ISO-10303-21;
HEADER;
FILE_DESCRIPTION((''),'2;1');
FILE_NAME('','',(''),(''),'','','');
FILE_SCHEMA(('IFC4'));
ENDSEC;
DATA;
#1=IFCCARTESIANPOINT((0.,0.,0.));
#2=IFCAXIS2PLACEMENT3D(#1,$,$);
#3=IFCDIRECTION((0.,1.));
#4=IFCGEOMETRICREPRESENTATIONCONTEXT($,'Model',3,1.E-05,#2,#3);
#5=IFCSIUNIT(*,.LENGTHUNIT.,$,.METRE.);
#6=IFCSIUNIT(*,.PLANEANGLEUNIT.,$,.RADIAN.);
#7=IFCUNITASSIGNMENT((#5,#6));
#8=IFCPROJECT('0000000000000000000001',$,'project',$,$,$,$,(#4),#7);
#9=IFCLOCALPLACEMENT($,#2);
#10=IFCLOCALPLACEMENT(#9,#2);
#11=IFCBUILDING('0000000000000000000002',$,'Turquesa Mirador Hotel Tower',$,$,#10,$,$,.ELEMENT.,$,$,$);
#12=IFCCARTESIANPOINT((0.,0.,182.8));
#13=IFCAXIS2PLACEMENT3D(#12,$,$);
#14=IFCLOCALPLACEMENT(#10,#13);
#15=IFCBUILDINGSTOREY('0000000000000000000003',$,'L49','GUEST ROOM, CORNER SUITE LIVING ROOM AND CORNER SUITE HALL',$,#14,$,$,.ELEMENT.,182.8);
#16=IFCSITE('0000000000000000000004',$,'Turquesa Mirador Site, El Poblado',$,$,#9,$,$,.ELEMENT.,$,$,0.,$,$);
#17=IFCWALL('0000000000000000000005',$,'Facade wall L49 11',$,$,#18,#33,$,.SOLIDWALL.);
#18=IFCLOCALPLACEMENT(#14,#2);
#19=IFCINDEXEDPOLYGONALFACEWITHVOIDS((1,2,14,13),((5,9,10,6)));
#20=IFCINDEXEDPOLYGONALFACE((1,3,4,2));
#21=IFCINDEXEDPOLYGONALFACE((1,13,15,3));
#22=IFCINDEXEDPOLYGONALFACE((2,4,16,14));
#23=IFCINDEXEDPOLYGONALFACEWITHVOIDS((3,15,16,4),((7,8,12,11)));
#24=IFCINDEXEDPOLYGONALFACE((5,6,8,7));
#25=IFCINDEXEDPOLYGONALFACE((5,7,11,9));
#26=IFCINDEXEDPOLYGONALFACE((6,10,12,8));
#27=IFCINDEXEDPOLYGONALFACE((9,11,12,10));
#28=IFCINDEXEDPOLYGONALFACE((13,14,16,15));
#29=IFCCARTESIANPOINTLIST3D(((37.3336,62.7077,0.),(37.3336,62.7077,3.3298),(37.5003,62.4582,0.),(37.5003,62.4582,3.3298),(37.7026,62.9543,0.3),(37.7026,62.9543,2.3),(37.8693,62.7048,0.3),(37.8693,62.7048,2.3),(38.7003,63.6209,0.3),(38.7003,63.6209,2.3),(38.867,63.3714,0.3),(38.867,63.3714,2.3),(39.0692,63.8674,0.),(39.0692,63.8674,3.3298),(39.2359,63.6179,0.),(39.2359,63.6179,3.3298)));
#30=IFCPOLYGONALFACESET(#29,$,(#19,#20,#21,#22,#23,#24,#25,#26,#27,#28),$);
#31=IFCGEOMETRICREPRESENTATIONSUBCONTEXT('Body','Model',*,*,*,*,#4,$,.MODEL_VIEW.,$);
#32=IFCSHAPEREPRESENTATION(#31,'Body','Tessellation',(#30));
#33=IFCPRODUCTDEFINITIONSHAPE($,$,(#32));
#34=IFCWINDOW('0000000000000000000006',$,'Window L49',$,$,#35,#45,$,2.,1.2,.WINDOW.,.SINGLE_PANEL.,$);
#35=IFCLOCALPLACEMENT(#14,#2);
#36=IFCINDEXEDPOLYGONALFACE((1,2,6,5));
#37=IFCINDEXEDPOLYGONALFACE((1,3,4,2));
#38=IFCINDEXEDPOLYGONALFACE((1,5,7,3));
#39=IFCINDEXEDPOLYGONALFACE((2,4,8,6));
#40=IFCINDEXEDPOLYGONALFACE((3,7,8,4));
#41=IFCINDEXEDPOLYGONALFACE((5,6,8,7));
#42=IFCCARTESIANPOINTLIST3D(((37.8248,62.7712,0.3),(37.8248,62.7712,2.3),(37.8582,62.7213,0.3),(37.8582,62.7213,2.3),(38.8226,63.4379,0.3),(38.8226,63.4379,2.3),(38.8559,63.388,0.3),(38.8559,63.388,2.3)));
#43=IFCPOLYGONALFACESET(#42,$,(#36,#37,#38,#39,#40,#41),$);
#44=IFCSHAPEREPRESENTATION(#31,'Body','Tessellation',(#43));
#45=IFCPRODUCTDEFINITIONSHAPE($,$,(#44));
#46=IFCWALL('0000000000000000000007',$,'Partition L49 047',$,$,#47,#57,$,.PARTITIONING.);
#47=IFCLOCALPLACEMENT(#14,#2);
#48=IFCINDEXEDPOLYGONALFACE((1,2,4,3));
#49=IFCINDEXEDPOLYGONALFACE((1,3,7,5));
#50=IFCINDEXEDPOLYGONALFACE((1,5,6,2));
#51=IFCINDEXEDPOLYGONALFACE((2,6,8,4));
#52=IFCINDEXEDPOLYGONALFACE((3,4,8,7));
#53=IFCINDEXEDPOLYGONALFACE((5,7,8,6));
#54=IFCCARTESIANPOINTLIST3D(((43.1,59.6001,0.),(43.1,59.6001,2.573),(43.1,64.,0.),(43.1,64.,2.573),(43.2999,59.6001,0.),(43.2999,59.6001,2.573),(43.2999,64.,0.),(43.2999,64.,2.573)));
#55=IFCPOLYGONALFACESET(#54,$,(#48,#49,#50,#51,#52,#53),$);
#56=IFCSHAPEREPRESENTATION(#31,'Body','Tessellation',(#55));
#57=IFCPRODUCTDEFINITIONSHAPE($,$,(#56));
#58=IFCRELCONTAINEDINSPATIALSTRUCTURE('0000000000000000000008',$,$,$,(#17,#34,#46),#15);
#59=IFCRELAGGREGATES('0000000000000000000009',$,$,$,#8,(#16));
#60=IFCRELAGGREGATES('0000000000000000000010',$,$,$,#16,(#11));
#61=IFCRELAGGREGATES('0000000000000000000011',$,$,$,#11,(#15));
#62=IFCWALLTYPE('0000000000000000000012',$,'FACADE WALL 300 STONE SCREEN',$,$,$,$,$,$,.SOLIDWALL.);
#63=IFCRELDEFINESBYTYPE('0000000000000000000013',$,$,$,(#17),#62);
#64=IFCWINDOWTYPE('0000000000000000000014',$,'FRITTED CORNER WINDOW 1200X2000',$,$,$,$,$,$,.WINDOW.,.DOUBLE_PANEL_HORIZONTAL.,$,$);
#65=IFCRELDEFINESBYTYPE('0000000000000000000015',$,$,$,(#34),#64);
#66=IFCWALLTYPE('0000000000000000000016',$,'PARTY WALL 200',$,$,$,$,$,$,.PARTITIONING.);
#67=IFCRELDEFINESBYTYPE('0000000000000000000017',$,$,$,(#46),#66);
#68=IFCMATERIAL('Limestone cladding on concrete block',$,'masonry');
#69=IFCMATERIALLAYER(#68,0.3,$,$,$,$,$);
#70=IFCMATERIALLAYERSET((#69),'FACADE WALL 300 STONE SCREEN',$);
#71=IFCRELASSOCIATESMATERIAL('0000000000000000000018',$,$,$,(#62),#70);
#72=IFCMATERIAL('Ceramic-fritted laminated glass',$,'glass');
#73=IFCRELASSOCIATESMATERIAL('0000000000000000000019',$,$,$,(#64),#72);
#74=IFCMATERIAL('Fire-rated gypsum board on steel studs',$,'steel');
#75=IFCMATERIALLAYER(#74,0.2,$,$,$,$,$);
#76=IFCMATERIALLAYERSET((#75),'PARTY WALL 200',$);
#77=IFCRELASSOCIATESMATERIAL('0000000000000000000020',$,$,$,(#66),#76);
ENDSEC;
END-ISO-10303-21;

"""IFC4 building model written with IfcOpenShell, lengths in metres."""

from ifc_helpers import new_model, si_unit, direction, frame, frame_2d, origin, place, context, subcontext, project, spatial, rectangle, extrude, material, layer, layer_set, type_object, element, fill, save


model = new_model("IFC4")

# Units and contexts
model_context = context("Model", 3, precision=1e-05, world=origin(), true_north=direction((0.0, 1.0)))
body_context = subcontext(model_context, "Body", "Model", "MODEL_VIEW")
ifc_project = project(units=[si_unit("LENGTHUNIT", "METRE"), si_unit("PLANEANGLEUNIT", "RADIAN")], contexts=[model_context])

# Site, building, storey
site_placement = place(None, origin())
site = spatial("IfcSite", under=ifc_project, at=site_placement, Name="Turquesa Mirador Site, El Poblado", CompositionType="ELEMENT", RefElevation=0.0)
building_placement = place(site_placement, origin())
building = spatial("IfcBuilding", under=site, at=building_placement, Name="Turquesa Mirador Hotel Tower", CompositionType="ELEMENT")
storey_placement = place(building_placement, frame((0.0, 0.0, 182.8)))
storey = spatial("IfcBuildingStorey", under=building, at=storey_placement, Name="L49", Description="GUEST ROOM, CORNER SUITE LIVING ROOM AND CORNER SUITE HALL", CompositionType="ELEMENT", Elevation=182.8)

# Wall, opening, window
ifc_material_1 = material(Name="Limestone cladding on concrete block", Category="masonry")
ifc_layer_1 = layer(ifc_material_1, 0.3)
ifc_layer_set_1 = layer_set([ifc_layer_1], Name="FACADE WALL 300 STONE SCREEN")
wall_type_1 = type_object("IfcWallType", Name="FACADE WALL 300 STONE SCREEN", PredefinedType="SOLIDWALL", material=ifc_layer_set_1)
ifc_material_2 = material(Name="Ceramic-fritted laminated glass", Category="glass")
window_type = type_object("IfcWindowType", Name="FRITTED CORNER WINDOW 1200X2000", PartitioningType="DOUBLE_PANEL_HORIZONTAL", PredefinedType="WINDOW", material=ifc_material_2)
wall_1_placement = place(storey_placement, frame((39.1526, 63.7427, 0.0), z_axis=(0.0, 0.0, 1.0), x_axis=(-0.831474, -0.555564, 0.0)))
wall_1 = element("IfcWall", 1, at=wall_1_placement, inside=storey, type_object=wall_type_1, Name="Facade wall L49 11", PredefinedType="SOLIDWALL", context=body_context, shape_type="SweptSolid", body=[
    extrude(rectangle(XDim=2.0874, YDim=0.3, at=frame_2d((1.0437, 0.0))), origin(), (0.0, 0.0, 1.0), 3.3298),
])
opening_1_placement = place(wall_1_placement, frame((0.4436, 0.0, 0.3)))
opening_1 = element("IfcOpeningElement", 2, at=opening_1_placement, cuts=wall_1, PredefinedType="OPENING", context=body_context, shape_type="SweptSolid", body=[
    extrude(rectangle(XDim=1.2, YDim=2.0, at=frame_2d((0.6001, 1.0))), frame((0.0, 0.1599, 0.0), z_axis=(0.0, -1.0, 0.0), x_axis=(1.0, 0.0, 0.0)), (0.0, 0.0, 1.0), 0.3201),
])
window_1_placement = place(opening_1_placement, origin())
window_1 = element("IfcWindow", 3, at=window_1_placement, inside=storey, type_object=window_type, Name="Window L49", OverallHeight=2.0, OverallWidth=1.2, PartitioningType="SINGLE_PANEL", PredefinedType="WINDOW", context=body_context, shape_type="SweptSolid", body=[
    extrude(rectangle(XDim=1.2, YDim=2.0, at=frame_2d((0.6001, 1.0))), frame((0.0, 0.1301, 0.0), z_axis=(0.0, -1.0, 0.0), x_axis=(1.0, 0.0, 0.0)), (0.0, 0.0, 1.0), 0.0601),
])
fill(opening_1, window_1)

# Wall
ifc_material_3 = material(Name="Fire-rated gypsum board on steel studs", Category="steel")
ifc_layer_2 = layer(ifc_material_3, 0.2)
ifc_layer_set_2 = layer_set([ifc_layer_2], Name="PARTY WALL 200")
wall_type_2 = type_object("IfcWallType", Name="PARTY WALL 200", PredefinedType="PARTITIONING", material=ifc_layer_set_2)
wall_2_placement = place(storey_placement, frame((43.2, 59.6001, 0.0), z_axis=(0.0, 0.0, 1.0), x_axis=(0.0, 1.0, 0.0)))
element("IfcWall", 4, at=wall_2_placement, inside=storey, type_object=wall_type_2, Name="Partition L49 047", PredefinedType="PARTITIONING", context=body_context, shape_type="SweptSolid", body=[
    extrude(rectangle(XDim=4.3999, YDim=0.2, at=frame_2d((2.2, 0.0))), origin(), (0.0, 0.0, 1.0), 2.573),
])

save(model, "model.ifc")
